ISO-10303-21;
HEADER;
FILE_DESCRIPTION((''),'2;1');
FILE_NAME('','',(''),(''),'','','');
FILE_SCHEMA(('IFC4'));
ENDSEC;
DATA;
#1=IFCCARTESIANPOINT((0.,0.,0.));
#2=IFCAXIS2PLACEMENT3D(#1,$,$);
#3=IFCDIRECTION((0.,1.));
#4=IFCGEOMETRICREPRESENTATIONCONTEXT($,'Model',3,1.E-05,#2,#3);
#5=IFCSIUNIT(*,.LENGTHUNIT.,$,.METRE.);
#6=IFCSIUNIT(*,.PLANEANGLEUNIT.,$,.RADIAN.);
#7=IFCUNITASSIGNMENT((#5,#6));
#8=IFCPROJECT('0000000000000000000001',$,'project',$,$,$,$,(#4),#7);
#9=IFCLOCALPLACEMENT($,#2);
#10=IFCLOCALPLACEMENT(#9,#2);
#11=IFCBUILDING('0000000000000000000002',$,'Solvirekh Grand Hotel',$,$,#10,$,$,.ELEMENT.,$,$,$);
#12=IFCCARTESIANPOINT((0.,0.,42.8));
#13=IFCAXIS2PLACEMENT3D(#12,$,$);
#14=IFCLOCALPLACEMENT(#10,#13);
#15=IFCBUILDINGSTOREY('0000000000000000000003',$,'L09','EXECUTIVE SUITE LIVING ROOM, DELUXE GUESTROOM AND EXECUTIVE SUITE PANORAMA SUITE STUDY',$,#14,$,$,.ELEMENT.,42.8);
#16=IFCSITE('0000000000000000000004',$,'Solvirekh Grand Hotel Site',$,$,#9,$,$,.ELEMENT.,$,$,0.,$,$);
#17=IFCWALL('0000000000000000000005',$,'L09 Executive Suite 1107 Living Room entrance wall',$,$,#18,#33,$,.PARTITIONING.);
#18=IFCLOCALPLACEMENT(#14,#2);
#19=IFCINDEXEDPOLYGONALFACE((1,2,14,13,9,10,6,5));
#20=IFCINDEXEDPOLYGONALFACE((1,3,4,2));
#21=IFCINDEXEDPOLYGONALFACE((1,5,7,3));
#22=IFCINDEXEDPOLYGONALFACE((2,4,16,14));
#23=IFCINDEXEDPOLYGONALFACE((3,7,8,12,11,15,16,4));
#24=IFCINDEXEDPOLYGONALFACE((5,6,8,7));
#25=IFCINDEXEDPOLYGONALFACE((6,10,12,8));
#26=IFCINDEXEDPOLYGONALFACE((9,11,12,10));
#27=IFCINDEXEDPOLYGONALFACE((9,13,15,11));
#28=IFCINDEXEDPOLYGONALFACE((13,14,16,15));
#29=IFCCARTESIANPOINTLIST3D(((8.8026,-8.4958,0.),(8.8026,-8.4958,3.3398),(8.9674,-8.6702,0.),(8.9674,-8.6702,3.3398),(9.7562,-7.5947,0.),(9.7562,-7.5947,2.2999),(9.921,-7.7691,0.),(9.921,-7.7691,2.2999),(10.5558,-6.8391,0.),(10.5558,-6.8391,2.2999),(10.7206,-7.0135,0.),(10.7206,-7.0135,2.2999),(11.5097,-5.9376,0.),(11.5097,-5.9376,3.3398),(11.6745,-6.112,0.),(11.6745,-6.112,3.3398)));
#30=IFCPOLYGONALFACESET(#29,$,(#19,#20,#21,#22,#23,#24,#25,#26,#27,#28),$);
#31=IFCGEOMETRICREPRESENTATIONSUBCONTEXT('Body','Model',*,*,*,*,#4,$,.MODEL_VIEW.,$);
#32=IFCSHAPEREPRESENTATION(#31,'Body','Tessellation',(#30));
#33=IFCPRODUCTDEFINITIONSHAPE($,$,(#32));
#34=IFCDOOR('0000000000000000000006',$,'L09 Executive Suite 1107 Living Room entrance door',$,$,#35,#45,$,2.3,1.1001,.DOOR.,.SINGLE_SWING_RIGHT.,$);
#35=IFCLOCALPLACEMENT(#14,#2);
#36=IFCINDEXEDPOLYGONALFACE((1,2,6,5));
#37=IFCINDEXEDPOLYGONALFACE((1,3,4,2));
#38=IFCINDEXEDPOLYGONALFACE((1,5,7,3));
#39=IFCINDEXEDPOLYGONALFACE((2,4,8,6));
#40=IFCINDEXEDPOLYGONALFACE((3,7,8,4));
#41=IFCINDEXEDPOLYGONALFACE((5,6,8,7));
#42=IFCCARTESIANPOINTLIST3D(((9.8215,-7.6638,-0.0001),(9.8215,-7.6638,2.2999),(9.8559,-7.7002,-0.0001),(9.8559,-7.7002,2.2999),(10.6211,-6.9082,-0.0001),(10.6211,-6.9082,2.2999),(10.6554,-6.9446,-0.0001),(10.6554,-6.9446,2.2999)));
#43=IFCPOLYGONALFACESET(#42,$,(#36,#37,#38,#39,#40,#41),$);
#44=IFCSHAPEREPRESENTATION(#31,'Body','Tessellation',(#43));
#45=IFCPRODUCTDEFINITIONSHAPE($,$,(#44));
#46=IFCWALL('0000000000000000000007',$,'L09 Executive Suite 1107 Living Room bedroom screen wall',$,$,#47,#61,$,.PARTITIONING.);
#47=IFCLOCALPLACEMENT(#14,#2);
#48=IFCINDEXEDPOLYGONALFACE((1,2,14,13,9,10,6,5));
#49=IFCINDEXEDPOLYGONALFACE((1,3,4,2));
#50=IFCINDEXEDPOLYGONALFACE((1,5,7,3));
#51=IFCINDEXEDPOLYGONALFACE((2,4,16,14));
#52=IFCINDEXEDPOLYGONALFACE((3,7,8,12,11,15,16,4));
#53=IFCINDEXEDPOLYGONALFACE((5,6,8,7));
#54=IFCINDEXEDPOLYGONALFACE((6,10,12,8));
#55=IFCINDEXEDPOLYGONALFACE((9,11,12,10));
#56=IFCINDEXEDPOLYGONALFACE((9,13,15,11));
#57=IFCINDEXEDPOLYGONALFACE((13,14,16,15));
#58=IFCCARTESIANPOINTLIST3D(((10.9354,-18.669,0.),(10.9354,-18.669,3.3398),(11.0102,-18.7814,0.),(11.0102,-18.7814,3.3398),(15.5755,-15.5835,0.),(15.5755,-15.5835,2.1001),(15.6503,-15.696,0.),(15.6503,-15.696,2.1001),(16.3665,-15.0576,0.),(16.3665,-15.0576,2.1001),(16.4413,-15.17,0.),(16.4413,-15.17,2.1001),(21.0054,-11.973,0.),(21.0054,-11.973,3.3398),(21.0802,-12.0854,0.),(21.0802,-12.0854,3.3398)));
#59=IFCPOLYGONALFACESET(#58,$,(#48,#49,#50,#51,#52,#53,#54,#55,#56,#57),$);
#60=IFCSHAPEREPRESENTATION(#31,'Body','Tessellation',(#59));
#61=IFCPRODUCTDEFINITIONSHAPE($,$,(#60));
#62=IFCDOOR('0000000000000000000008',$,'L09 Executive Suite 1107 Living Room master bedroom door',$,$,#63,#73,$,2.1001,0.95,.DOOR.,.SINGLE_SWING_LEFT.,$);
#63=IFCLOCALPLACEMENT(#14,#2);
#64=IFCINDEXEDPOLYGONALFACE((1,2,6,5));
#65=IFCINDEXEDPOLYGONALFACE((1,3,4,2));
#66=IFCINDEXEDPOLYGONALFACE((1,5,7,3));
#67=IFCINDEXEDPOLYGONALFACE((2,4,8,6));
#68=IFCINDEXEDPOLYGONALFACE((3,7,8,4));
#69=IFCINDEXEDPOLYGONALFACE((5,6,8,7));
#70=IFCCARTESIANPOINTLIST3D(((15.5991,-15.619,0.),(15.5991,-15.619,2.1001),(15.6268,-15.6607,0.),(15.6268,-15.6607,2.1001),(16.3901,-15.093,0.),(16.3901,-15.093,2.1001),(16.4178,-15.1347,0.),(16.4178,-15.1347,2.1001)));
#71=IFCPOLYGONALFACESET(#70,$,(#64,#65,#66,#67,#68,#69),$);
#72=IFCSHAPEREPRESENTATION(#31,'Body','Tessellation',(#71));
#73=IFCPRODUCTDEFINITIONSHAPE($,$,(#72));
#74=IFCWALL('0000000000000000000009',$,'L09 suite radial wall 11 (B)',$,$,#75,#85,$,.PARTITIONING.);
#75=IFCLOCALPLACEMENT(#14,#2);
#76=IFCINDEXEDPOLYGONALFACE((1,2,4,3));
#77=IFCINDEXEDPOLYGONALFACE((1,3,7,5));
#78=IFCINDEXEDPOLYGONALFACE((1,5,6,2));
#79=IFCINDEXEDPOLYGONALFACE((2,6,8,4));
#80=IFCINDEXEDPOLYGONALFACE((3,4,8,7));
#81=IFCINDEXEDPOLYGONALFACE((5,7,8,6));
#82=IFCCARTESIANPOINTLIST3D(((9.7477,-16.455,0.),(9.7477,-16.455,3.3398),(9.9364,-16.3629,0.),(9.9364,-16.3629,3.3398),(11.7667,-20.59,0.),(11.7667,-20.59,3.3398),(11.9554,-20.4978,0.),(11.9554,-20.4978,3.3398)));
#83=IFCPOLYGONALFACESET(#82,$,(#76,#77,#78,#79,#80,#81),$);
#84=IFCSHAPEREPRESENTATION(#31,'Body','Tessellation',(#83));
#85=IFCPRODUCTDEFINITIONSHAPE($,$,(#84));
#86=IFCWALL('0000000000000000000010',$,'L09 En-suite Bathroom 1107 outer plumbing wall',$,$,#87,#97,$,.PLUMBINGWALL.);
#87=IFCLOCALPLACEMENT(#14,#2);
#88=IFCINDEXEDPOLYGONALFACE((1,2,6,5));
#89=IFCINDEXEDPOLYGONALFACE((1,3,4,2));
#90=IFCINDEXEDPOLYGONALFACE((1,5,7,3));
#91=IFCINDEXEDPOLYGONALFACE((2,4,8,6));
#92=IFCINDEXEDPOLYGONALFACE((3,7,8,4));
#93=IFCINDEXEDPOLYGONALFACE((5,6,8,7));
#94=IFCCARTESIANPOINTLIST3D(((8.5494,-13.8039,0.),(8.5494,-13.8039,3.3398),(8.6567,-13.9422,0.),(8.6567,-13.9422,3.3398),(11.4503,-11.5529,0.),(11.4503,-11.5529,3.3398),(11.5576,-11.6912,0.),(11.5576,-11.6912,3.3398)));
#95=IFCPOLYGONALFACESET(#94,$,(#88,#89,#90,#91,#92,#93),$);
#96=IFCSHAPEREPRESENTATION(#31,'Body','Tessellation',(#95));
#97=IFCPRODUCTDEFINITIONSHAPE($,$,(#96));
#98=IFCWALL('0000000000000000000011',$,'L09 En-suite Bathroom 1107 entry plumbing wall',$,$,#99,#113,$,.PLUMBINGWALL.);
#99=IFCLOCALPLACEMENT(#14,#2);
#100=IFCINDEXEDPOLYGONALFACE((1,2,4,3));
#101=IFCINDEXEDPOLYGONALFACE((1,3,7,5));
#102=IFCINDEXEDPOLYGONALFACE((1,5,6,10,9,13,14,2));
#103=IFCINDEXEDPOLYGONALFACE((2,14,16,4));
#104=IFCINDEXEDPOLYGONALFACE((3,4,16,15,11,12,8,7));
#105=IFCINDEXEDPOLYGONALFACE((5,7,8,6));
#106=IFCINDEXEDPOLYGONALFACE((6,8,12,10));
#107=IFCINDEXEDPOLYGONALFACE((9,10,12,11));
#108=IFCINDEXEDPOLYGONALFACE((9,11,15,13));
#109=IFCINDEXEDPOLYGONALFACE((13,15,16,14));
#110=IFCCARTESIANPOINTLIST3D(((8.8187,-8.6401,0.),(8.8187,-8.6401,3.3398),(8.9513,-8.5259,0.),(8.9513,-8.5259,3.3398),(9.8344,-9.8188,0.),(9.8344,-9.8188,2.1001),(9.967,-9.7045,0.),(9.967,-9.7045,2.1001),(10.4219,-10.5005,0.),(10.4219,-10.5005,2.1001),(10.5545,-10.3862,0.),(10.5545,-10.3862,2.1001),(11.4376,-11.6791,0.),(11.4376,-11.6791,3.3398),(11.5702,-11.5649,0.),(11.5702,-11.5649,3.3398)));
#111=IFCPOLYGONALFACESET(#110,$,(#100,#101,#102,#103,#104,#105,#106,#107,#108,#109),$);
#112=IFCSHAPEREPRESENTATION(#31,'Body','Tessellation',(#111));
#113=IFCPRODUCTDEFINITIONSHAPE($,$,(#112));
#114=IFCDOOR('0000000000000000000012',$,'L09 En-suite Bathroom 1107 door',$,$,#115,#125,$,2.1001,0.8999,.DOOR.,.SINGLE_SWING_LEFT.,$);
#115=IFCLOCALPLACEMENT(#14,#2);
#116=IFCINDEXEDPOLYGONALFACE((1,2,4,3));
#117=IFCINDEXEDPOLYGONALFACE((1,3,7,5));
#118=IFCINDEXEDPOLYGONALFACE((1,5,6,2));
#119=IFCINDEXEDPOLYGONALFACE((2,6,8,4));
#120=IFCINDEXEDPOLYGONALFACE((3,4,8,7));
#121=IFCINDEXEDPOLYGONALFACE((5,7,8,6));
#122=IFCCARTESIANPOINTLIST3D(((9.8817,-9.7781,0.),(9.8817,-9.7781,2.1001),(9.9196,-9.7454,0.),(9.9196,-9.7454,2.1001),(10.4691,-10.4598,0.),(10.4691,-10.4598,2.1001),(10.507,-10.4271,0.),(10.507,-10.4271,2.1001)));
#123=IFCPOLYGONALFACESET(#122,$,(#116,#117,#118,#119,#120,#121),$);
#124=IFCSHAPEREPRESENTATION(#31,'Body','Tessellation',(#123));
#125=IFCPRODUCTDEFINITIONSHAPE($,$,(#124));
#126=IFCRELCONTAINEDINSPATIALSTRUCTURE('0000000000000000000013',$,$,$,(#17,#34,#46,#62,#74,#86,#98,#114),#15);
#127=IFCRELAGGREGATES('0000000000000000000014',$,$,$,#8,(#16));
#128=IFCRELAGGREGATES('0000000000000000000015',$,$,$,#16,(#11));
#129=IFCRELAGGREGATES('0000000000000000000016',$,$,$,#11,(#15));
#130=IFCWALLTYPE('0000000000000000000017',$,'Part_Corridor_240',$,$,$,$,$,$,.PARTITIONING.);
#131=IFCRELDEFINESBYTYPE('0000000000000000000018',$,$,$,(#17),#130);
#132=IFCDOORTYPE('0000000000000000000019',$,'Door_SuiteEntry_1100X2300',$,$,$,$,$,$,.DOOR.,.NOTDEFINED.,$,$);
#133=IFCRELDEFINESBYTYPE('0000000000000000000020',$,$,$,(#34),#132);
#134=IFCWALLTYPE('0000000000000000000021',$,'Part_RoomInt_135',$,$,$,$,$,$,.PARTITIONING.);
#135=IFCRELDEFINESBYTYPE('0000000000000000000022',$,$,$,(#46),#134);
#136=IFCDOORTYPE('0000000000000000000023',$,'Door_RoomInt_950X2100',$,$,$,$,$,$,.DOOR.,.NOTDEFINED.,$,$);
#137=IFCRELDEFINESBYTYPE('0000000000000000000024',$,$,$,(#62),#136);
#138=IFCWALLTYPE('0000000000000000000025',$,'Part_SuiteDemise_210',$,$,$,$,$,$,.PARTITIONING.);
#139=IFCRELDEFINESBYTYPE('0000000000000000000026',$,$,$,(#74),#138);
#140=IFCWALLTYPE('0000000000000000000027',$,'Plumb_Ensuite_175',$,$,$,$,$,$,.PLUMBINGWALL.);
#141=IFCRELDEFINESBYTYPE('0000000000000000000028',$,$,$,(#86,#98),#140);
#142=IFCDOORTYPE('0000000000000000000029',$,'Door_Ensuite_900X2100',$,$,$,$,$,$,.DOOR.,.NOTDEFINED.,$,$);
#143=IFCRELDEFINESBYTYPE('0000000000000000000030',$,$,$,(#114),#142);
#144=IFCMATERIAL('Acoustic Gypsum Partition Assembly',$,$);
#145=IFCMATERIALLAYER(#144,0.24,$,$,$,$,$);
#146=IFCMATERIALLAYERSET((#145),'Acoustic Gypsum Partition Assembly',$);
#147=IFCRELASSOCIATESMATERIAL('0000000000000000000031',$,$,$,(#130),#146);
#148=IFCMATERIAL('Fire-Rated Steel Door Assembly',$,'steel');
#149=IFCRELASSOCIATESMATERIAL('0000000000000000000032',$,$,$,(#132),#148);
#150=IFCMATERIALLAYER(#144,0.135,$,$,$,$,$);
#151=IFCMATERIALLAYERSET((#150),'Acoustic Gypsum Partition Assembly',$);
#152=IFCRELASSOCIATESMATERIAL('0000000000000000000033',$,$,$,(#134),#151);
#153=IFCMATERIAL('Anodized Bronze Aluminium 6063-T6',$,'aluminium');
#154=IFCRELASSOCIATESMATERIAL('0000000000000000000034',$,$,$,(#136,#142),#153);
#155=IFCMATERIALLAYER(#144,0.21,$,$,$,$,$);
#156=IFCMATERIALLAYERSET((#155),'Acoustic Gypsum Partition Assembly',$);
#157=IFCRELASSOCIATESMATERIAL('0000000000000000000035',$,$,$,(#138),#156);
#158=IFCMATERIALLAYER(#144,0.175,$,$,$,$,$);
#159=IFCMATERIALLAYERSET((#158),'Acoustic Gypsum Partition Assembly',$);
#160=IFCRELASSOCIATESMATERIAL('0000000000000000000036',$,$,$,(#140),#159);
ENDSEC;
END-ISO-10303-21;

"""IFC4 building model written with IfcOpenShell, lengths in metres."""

from ifc_helpers import new_model, si_unit, direction, frame, frame_2d, origin, place, context, subcontext, project, spatial, rectangle, extrude, material, layer, layer_set, type_object, element, fill, save


model = new_model("IFC4")

# Units and contexts
model_context = context("Model", 3, precision=1e-05, world=origin(), true_north=direction((0.0, 1.0)))
body_context = subcontext(model_context, "Body", "Model", "MODEL_VIEW")
ifc_project = project(units=[si_unit("LENGTHUNIT", "METRE"), si_unit("PLANEANGLEUNIT", "RADIAN")], contexts=[model_context])

# Site, building, storey
site_placement = place(None, origin())
site = spatial("IfcSite", under=ifc_project, at=site_placement, Name="Solvirekh Grand Hotel Site", CompositionType="ELEMENT", RefElevation=0.0)
building_placement = place(site_placement, origin())
building = spatial("IfcBuilding", under=site, at=building_placement, Name="Solvirekh Grand Hotel", CompositionType="ELEMENT")
storey_placement = place(building_placement, frame((0.0, 0.0, 42.8)))
storey = spatial("IfcBuildingStorey", under=building, at=storey_placement, Name="L09", Description="EXECUTIVE SUITE LIVING ROOM, DELUXE GUESTROOM AND EXECUTIVE SUITE PANORAMA SUITE STUDY", CompositionType="ELEMENT", Elevation=42.8)

# Shared definitions
ifc_material_1 = material(Name="Anodized Bronze Aluminium 6063-T6", Category="aluminium")

# Shared definitions
ifc_material_2 = material(Name="Acoustic Gypsum Partition Assembly")
ifc_layer_1 = layer(ifc_material_2, 0.24)
ifc_layer_set_1 = layer_set([ifc_layer_1], Name="Acoustic Gypsum Partition Assembly")
wall_type_1 = type_object("IfcWallType", Name="Part_Corridor_240", PredefinedType="PARTITIONING", material=ifc_layer_set_1)
ifc_material_3 = material(Name="Fire-Rated Steel Door Assembly", Category="steel")

# Walls, openings, doors
wall_1_placement = place(storey_placement, frame((8.885, -8.583, 0.0), z_axis=(0.0, 0.0, 1.0), x_axis=(0.726817, 0.686831, 0.0)))
wall_1 = element("IfcWall", 1, at=wall_1_placement, inside=storey, type_object=wall_type_1, Name="L09 Executive Suite 1107 Living Room entrance wall", PredefinedType="PARTITIONING", context=body_context, shape_type="SweptSolid", body=[
    extrude(rectangle(XDim=3.7246, YDim=0.24, at=frame_2d((1.8623, 0.0))), origin(), (0.0, 0.0, 1.0), 3.3398),
])
opening_1_placement = place(wall_1_placement, frame((1.312, 0.0, 0.0)))
opening_1 = element("IfcOpeningElement", 2, at=opening_1_placement, cuts=wall_1, PredefinedType="OPENING", context=body_context, shape_type="SweptSolid", body=[
    extrude(rectangle(XDim=1.1001, YDim=2.3, at=frame_2d((0.55, 1.1499))), frame((0.0, 0.1299, 0.0), z_axis=(0.0, -1.0, 0.0), x_axis=(1.0, 0.0, 0.0)), (0.0, 0.0, 1.0), 0.26),
])
door_type_1 = type_object("IfcDoorType", Name="Door_SuiteEntry_1100X2300", OperationType="NOTDEFINED", PredefinedType="DOOR", material=ifc_material_3)
door_1_placement = place(opening_1_placement, origin())
door_1 = element("IfcDoor", 3, at=door_1_placement, inside=storey, type_object=door_type_1, Name="L09 Executive Suite 1107 Living Room entrance door", OperationType="SINGLE_SWING_RIGHT", OverallHeight=2.3, OverallWidth=1.1001, PredefinedType="DOOR", context=body_context, shape_type="SweptSolid", body=[
    extrude(rectangle(XDim=1.1001, YDim=2.3, at=frame_2d((0.55, 1.1499))), frame((0.0, 0.0249, 0.0), z_axis=(0.0, -1.0, 0.0), x_axis=(1.0, 0.0, 0.0)), (0.0, 0.0, 1.0), 0.05),
])
fill(opening_1, door_1)
ifc_layer_2 = layer(ifc_material_2, 0.135)
ifc_layer_set_2 = layer_set([ifc_layer_2], Name="Acoustic Gypsum Partition Assembly")
wall_type_2 = type_object("IfcWallType", Name="Part_RoomInt_135", PredefinedType="PARTITIONING", material=ifc_layer_set_2)
wall_2_placement = place(storey_placement, frame((10.9729, -18.7251, 0.0), z_axis=(0.0, 0.0, 1.0), x_axis=(0.832711, 0.553707, 0.0)))
wall_2 = element("IfcWall", 4, at=wall_2_placement, inside=storey, type_object=wall_type_2, Name="L09 Executive Suite 1107 Living Room bedroom screen wall", PredefinedType="PARTITIONING", context=body_context, shape_type="SweptSolid", body=[
    extrude(rectangle(XDim=12.093, YDim=0.135, at=frame_2d((6.0464, 0.0))), origin(), (0.0, 0.0, 1.0), 3.3398),
])
opening_2_placement = place(wall_2_placement, frame((5.572, 0.0, 0.0)))
opening_2 = element("IfcOpeningElement", 5, at=opening_2_placement, cuts=wall_2, PredefinedType="OPENING", context=body_context, shape_type="SweptSolid", body=[
    extrude(rectangle(XDim=0.95, YDim=2.1001, at=frame_2d((0.4751, 1.05))), frame((0.0, 0.0776, 0.0), z_axis=(0.0, -1.0, 0.0), x_axis=(1.0, 0.0, 0.0)), (0.0, 0.0, 1.0), 0.155),
])
door_type_2 = type_object("IfcDoorType", Name="Door_RoomInt_950X2100", OperationType="NOTDEFINED", PredefinedType="DOOR", material=ifc_material_1)
door_2_placement = place(opening_2_placement, origin())
door_2 = element("IfcDoor", 6, at=door_2_placement, inside=storey, type_object=door_type_2, Name="L09 Executive Suite 1107 Living Room master bedroom door", OperationType="SINGLE_SWING_LEFT", OverallHeight=2.1001, OverallWidth=0.95, PredefinedType="DOOR", context=body_context, shape_type="SweptSolid", body=[
    extrude(rectangle(XDim=0.95, YDim=2.1001, at=frame_2d((0.4751, 1.05))), frame((0.0, 0.0249, 0.0), z_axis=(0.0, -1.0, 0.0), x_axis=(1.0, 0.0, 0.0)), (0.0, 0.0, 1.0), 0.05),
])
fill(opening_2, door_2)

# Walls
ifc_layer_3 = layer(ifc_material_2, 0.21)
ifc_layer_set_3 = layer_set([ifc_layer_3], Name="Acoustic Gypsum Partition Assembly")
wall_type_3 = type_object("IfcWallType", Name="Part_SuiteDemise_210", PredefinedType="PARTITIONING", material=ifc_layer_set_3)
wall_3_placement = place(storey_placement, frame((9.842, -16.4089, 0.0), z_axis=(0.0, 0.0, 1.0), x_axis=(0.438769, -0.8986, 0.0)))
element("IfcWall", 7, at=wall_3_placement, inside=storey, type_object=wall_type_3, Name="L09 suite radial wall 11 (B)", PredefinedType="PARTITIONING", context=body_context, shape_type="SweptSolid", body=[
    extrude(rectangle(XDim=4.6016, YDim=0.21, at=frame_2d((2.3008, 0.0))), origin(), (0.0, 0.0, 1.0), 3.3398),
])
ifc_layer_4 = layer(ifc_material_2, 0.175)
ifc_layer_set_4 = layer_set([ifc_layer_4], Name="Acoustic Gypsum Partition Assembly")
wall_type_4 = type_object("IfcWallType", Name="Plumb_Ensuite_175", PredefinedType="PLUMBINGWALL", material=ifc_layer_set_4)
wall_4_placement = place(storey_placement, frame((8.603, -13.873, 0.0), z_axis=(0.0, 0.0, 1.0), x_axis=(0.790046, 0.613047, 0.0)))
element("IfcWall", 8, at=wall_4_placement, inside=storey, type_object=wall_type_4, Name="L09 En-suite Bathroom 1107 outer plumbing wall", PredefinedType="PLUMBINGWALL", context=body_context, shape_type="SweptSolid", body=[
    extrude(rectangle(XDim=3.6719, YDim=0.175, at=frame_2d((1.8359, 0.0))), origin(), (0.0, 0.0, 1.0), 3.3398),
])

# Wall, opening, door
wall_5_placement = place(storey_placement, frame((8.885, -8.583, 0.0), z_axis=(0.0, 0.0, 1.0), x_axis=(0.652799, -0.757531, 0.0)))
wall_5 = element("IfcWall", 9, at=wall_5_placement, inside=storey, type_object=wall_type_4, Name="L09 En-suite Bathroom 1107 entry plumbing wall", PredefinedType="PLUMBINGWALL", context=body_context, shape_type="SweptSolid", body=[
    extrude(rectangle(XDim=4.0117, YDim=0.175, at=frame_2d((2.0059, 0.0))), origin(), (0.0, 0.0, 1.0), 3.3398),
])
opening_3_placement = place(wall_5_placement, frame((1.5559, 0.0, 0.0)))
opening_3 = element("IfcOpeningElement", 10, at=opening_3_placement, cuts=wall_5, PredefinedType="OPENING", context=body_context, shape_type="SweptSolid", body=[
    extrude(rectangle(XDim=0.8999, YDim=2.1001, at=frame_2d((0.45, 1.05))), frame((0.0, 0.0977, 0.0), z_axis=(0.0, -1.0, 0.0), x_axis=(1.0, 0.0, 0.0)), (0.0, 0.0, 1.0), 0.1951),
])
door_type_3 = type_object("IfcDoorType", Name="Door_Ensuite_900X2100", OperationType="NOTDEFINED", PredefinedType="DOOR", material=ifc_material_1)
door_3_placement = place(opening_3_placement, origin())
door_3 = element("IfcDoor", 11, at=door_3_placement, inside=storey, type_object=door_type_3, Name="L09 En-suite Bathroom 1107 door", OperationType="SINGLE_SWING_LEFT", OverallHeight=2.1001, OverallWidth=0.8999, PredefinedType="DOOR", context=body_context, shape_type="SweptSolid", body=[
    extrude(rectangle(XDim=0.8999, YDim=2.1001, at=frame_2d((0.45, 1.05))), frame((0.0, 0.0249, 0.0), z_axis=(0.0, -1.0, 0.0), x_axis=(1.0, 0.0, 0.0)), (0.0, 0.0, 1.0), 0.05),
])
fill(opening_3, door_3)

save(model, "model.ifc")
